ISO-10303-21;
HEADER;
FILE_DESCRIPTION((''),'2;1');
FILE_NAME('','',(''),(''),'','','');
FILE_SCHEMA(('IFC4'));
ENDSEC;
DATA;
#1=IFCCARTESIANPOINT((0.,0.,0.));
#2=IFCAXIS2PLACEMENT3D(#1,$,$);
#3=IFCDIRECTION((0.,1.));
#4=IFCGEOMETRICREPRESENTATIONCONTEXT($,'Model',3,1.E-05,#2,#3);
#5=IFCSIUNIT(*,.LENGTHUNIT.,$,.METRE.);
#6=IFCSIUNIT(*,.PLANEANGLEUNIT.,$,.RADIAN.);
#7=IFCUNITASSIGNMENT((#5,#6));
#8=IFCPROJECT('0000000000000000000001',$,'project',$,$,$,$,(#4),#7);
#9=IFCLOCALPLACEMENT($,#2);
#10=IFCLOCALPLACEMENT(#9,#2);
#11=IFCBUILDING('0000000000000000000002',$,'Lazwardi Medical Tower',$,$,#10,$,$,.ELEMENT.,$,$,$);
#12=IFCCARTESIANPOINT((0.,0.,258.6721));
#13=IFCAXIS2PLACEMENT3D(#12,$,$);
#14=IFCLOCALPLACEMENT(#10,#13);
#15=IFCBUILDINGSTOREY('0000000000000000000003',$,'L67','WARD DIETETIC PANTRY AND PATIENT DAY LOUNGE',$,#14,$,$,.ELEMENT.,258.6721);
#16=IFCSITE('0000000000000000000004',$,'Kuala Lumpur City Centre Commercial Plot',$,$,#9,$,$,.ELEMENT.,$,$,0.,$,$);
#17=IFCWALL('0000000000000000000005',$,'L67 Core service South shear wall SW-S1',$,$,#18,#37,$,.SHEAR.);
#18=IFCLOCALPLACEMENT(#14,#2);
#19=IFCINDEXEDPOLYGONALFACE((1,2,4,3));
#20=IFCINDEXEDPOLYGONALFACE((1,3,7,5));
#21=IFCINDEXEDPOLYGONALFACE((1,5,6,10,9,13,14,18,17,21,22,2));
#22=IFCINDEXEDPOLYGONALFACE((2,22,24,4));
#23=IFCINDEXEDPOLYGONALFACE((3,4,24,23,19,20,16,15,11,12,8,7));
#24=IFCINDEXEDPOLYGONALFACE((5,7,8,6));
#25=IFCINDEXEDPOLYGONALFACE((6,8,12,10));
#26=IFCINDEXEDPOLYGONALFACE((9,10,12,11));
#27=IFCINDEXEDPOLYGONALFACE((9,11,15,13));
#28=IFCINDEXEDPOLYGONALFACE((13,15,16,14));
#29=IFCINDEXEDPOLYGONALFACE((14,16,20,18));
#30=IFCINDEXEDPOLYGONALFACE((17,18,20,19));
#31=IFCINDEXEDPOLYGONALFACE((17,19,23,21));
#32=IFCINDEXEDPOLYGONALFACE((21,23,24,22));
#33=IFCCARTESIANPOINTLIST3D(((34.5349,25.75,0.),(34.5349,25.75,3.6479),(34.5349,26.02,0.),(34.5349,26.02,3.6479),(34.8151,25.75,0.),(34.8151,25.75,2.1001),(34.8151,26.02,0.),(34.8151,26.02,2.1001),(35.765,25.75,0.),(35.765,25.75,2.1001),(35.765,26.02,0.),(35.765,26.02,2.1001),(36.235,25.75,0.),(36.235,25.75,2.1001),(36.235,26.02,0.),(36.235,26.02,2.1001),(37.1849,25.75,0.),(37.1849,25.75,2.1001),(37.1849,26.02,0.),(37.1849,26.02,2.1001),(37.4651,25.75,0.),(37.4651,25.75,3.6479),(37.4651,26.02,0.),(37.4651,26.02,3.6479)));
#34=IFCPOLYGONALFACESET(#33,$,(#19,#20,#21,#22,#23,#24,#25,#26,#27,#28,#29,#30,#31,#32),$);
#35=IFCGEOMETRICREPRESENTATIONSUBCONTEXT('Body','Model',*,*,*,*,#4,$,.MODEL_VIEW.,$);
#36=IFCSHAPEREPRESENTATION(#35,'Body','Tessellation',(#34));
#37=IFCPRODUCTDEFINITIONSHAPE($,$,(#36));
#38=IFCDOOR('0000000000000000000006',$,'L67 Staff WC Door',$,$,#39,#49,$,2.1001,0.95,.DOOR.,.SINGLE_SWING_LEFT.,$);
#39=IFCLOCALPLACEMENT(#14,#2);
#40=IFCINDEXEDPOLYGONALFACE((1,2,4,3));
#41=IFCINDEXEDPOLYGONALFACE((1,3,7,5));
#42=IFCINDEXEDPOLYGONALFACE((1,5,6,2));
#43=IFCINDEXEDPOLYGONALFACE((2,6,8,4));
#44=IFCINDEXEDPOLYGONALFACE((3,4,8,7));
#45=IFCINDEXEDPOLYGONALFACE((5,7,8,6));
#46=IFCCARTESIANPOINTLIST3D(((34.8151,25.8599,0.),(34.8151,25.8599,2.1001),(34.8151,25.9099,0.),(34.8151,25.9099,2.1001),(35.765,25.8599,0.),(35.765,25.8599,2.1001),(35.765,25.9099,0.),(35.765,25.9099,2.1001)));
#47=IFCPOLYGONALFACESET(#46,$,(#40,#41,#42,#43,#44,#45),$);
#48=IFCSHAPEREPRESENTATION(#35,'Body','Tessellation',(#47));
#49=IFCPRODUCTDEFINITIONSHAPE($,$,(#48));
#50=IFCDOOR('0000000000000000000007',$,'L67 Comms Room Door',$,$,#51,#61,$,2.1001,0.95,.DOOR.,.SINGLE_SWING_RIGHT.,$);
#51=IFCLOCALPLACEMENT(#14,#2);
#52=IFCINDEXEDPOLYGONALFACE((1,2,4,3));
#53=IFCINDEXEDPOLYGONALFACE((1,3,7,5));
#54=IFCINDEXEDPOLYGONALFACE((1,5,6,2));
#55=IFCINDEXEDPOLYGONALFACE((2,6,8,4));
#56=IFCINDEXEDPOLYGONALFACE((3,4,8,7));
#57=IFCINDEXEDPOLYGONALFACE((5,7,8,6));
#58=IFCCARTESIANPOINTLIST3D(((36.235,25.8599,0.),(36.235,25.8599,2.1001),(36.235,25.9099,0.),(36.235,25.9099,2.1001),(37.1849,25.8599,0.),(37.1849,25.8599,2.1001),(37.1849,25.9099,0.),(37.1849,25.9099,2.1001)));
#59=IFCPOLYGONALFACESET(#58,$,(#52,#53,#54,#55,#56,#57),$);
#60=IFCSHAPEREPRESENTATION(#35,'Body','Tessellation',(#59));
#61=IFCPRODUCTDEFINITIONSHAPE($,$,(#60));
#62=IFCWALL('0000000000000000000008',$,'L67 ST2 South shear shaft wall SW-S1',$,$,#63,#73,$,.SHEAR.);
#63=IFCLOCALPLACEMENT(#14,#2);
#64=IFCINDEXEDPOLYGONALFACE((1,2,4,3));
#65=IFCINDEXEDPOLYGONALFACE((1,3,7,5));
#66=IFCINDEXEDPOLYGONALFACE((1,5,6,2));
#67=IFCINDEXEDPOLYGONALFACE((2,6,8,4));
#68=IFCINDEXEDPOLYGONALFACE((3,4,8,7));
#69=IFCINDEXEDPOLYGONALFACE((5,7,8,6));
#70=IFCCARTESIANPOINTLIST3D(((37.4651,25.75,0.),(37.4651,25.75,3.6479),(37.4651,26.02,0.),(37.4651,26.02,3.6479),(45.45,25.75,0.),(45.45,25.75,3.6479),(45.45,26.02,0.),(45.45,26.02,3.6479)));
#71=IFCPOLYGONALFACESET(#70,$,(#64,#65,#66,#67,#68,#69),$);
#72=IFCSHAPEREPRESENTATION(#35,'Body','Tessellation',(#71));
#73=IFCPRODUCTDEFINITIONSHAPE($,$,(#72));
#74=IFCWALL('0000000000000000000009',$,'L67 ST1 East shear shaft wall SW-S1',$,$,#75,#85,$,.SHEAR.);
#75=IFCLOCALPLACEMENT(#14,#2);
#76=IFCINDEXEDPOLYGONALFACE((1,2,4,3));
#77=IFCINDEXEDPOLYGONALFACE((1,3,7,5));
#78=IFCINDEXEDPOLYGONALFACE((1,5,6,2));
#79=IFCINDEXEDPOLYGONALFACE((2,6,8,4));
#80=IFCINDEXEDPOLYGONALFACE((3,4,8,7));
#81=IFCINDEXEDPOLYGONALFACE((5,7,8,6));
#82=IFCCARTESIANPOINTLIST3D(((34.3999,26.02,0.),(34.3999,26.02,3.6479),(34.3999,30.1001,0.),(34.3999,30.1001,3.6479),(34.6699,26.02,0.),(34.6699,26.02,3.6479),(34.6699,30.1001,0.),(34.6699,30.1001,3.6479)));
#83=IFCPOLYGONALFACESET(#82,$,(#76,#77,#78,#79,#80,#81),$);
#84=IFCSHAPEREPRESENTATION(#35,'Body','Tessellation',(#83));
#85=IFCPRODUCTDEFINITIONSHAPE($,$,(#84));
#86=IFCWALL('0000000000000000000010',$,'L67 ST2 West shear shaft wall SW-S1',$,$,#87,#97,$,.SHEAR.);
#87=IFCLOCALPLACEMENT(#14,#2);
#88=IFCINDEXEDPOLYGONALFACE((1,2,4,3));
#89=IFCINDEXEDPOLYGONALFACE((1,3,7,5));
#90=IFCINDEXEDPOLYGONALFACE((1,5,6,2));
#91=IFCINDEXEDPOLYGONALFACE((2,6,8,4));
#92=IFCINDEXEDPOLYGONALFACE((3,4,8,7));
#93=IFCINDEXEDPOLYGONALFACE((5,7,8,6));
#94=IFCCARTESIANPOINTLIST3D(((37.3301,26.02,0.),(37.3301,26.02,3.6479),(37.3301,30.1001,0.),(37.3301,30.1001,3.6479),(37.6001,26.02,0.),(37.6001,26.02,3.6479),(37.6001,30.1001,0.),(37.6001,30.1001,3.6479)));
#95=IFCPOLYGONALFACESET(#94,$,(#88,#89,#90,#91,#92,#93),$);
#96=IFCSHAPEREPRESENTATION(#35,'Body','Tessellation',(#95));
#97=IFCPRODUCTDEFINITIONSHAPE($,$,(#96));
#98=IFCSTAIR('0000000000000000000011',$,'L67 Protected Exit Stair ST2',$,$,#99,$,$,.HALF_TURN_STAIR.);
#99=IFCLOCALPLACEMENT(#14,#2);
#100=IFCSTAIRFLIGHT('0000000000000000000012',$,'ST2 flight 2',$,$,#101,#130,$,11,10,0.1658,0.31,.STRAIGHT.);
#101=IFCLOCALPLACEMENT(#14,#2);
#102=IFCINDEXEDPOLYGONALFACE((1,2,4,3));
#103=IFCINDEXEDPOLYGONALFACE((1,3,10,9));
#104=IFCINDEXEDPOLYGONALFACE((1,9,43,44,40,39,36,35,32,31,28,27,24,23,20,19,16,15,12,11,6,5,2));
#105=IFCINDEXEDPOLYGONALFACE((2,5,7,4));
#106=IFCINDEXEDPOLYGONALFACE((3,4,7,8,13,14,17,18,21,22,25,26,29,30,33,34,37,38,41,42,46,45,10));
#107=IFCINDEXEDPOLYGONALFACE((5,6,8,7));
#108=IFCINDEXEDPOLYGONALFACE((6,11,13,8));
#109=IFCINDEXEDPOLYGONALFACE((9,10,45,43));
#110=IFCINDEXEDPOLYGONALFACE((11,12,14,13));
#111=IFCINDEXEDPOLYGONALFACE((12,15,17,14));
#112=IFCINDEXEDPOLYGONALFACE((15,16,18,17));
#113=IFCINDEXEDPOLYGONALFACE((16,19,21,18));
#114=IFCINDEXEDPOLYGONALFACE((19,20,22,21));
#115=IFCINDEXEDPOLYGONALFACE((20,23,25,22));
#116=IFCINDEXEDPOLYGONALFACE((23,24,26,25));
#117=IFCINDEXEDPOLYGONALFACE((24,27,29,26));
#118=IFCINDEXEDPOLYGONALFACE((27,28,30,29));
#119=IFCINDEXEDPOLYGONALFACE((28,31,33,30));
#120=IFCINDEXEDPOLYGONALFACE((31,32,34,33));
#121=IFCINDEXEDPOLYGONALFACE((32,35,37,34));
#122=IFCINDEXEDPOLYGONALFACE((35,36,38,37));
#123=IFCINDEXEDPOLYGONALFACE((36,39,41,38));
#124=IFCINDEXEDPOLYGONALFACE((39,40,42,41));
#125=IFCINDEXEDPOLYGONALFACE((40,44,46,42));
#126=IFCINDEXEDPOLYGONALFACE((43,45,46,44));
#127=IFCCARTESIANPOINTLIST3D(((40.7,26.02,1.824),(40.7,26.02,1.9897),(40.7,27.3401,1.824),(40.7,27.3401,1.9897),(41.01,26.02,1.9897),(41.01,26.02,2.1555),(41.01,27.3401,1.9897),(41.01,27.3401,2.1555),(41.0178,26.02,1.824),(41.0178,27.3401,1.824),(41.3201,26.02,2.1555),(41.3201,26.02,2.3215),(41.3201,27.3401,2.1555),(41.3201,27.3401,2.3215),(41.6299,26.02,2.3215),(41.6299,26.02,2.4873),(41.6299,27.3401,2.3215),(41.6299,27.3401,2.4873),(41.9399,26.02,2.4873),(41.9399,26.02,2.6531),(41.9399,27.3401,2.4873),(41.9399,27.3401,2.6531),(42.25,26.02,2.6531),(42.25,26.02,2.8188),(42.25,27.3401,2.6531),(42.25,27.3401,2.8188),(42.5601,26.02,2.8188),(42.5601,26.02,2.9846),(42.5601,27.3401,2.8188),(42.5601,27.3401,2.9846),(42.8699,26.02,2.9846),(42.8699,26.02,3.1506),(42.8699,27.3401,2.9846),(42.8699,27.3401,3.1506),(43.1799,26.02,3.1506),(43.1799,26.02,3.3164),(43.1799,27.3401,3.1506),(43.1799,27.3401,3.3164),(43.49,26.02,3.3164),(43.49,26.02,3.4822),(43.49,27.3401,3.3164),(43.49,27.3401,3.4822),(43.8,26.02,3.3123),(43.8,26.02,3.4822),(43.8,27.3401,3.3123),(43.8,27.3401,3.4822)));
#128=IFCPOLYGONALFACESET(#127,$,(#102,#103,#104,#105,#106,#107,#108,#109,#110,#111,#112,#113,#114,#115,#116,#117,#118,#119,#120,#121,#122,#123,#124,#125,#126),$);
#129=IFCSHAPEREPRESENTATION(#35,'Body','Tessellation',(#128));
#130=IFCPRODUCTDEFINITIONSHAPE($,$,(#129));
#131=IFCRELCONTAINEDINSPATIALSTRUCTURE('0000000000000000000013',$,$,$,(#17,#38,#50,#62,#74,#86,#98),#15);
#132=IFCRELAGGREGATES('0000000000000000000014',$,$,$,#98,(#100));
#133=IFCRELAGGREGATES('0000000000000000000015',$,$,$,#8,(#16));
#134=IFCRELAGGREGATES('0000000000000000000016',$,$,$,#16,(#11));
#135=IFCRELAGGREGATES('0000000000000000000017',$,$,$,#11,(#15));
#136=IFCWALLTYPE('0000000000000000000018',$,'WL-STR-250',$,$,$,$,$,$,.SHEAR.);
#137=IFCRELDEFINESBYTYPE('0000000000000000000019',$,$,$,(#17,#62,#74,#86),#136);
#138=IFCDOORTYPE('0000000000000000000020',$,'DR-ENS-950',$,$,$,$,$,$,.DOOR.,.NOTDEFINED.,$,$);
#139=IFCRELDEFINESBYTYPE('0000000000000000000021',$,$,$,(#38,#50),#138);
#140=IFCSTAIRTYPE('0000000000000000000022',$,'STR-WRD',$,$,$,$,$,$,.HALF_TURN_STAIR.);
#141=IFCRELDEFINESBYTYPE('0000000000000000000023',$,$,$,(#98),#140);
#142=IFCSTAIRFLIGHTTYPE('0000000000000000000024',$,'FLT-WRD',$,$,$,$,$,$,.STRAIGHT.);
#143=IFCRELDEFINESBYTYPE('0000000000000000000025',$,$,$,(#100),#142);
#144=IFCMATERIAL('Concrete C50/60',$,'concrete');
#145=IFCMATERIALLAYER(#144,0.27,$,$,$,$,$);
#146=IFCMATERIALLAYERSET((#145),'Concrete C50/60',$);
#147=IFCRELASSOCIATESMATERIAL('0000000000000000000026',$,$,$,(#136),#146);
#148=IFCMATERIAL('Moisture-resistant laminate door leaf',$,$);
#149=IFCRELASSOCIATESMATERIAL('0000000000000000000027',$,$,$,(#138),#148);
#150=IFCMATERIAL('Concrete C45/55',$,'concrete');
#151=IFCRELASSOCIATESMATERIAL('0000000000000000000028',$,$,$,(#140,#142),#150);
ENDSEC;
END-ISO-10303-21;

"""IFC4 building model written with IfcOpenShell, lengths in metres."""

from ifc_helpers import new_model, si_unit, direction, frame, frame_2d, origin, place, context, subcontext, project, spatial, polyline, rectangle, outline, extrude, material, layer, layer_set, type_object, element, fill, aggregate, save


model = new_model("IFC4")

# Units and contexts
model_context = context("Model", 3, precision=1e-05, world=origin(), true_north=direction((0.0, 1.0)))
body_context = subcontext(model_context, "Body", "Model", "MODEL_VIEW")
ifc_project = project(units=[si_unit("LENGTHUNIT", "METRE"), si_unit("PLANEANGLEUNIT", "RADIAN")], contexts=[model_context])

# Site, building, storey
site_placement = place(None, origin())
site = spatial("IfcSite", under=ifc_project, at=site_placement, Name="Kuala Lumpur City Centre Commercial Plot", CompositionType="ELEMENT", RefElevation=0.0)
building_placement = place(site_placement, origin())
building = spatial("IfcBuilding", under=site, at=building_placement, Name="Lazwardi Medical Tower", CompositionType="ELEMENT")
storey_placement = place(building_placement, frame((0.0, 0.0, 258.6721)))
storey = spatial("IfcBuildingStorey", under=building, at=storey_placement, Name="L67", Description="WARD DIETETIC PANTRY AND PATIENT DAY LOUNGE", CompositionType="ELEMENT", Elevation=258.6721)

# Wall, openings, doors
ifc_material_1 = material(Name="Concrete C50/60", Category="concrete")
ifc_layer_1 = layer(ifc_material_1, 0.27)
ifc_layer_set_1 = layer_set([ifc_layer_1], Name="Concrete C50/60")
wall_type_1 = type_object("IfcWallType", Name="WL-STR-250", PredefinedType="SHEAR", material=ifc_layer_set_1)
wall_1_placement = place(storey_placement, frame((34.5349, 25.885, 0.0), z_axis=(0.0, 0.0, 1.0), x_axis=(1.0, 0.0, 0.0)))
wall_1 = element("IfcWall", 1, at=wall_1_placement, inside=storey, type_object=wall_type_1, Name="L67 Core service South shear wall SW-S1", PredefinedType="SHEAR", context=body_context, shape_type="SweptSolid", body=[
    extrude(rectangle(XDim=2.9302, YDim=0.27, at=frame_2d((1.4651, 0.0))), origin(), (0.0, 0.0, 1.0), 3.6479),
])
opening_1_placement = place(wall_1_placement, frame((0.28, 0.0, 0.0)))
opening_1 = element("IfcOpeningElement", 2, at=opening_1_placement, cuts=wall_1, PredefinedType="OPENING", context=body_context, shape_type="SweptSolid", body=[
    extrude(rectangle(XDim=0.95, YDim=2.1001, at=frame_2d((0.4751, 1.05))), frame((0.0, 0.145, 0.0), z_axis=(0.0, -1.0, 0.0), x_axis=(1.0, 0.0, 0.0)), (0.0, 0.0, 1.0), 0.29),
])
opening_2_placement = place(wall_1_placement, frame((1.7, 0.0, 0.0)))
opening_2 = element("IfcOpeningElement", 3, at=opening_2_placement, cuts=wall_1, PredefinedType="OPENING", context=body_context, shape_type="SweptSolid", body=[
    extrude(rectangle(XDim=0.95, YDim=2.1001, at=frame_2d((0.4751, 1.05))), frame((0.0, 0.145, 0.0), z_axis=(0.0, -1.0, 0.0), x_axis=(1.0, 0.0, 0.0)), (0.0, 0.0, 1.0), 0.29),
])
ifc_material_2 = material(Name="Moisture-resistant laminate door leaf")
door_type_1 = type_object("IfcDoorType", Name="DR-ENS-950", OperationType="NOTDEFINED", PredefinedType="DOOR", material=ifc_material_2)
door_1_placement = place(opening_1_placement, origin())
door_1 = element("IfcDoor", 4, at=door_1_placement, inside=storey, type_object=door_type_1, Name="L67 Staff WC Door", OperationType="SINGLE_SWING_LEFT", OverallHeight=2.1001, OverallWidth=0.95, PredefinedType="DOOR", context=body_context, shape_type="SweptSolid", body=[
    extrude(rectangle(XDim=0.95, YDim=2.1001, at=frame_2d((0.4751, 1.05))), frame((0.0, 0.0249, 0.0), z_axis=(0.0, -1.0, 0.0), x_axis=(1.0, 0.0, 0.0)), (0.0, 0.0, 1.0), 0.05),
])
fill(opening_1, door_1)
door_2_placement = place(opening_2_placement, origin())
door_2 = element("IfcDoor", 5, at=door_2_placement, inside=storey, type_object=door_type_1, Name="L67 Comms Room Door", OperationType="SINGLE_SWING_RIGHT", OverallHeight=2.1001, OverallWidth=0.95, PredefinedType="DOOR", context=body_context, shape_type="SweptSolid", body=[
    extrude(rectangle(XDim=0.95, YDim=2.1001, at=frame_2d((0.4751, 1.05))), frame((0.0, 0.0249, 0.0), z_axis=(0.0, -1.0, 0.0), x_axis=(1.0, 0.0, 0.0)), (0.0, 0.0, 1.0), 0.05),
])
fill(opening_2, door_2)

# Walls
wall_2_placement = place(storey_placement, frame((37.4651, 25.885, 0.0), z_axis=(0.0, 0.0, 1.0), x_axis=(1.0, 0.0, 0.0)))
element("IfcWall", 6, at=wall_2_placement, inside=storey, type_object=wall_type_1, Name="L67 ST2 South shear shaft wall SW-S1", PredefinedType="SHEAR", context=body_context, shape_type="SweptSolid", body=[
    extrude(rectangle(XDim=7.9849, YDim=0.27, at=frame_2d((3.9924, 0.0))), origin(), (0.0, 0.0, 1.0), 3.6479),
])
for number, where, z_axis, x_axis, name in (
    (7, (34.5349, 26.02, 0.0), (0.0, 0.0, 1.0), (0.0, 1.0, 0.0), "L67 ST1 East shear shaft wall SW-S1"),
    (8, (37.4651, 26.02, 0.0), (0.0, 0.0, 1.0), (0.0, 1.0, 0.0), "L67 ST2 West shear shaft wall SW-S1"),
):
    element("IfcWall", number, at=place(storey_placement, frame(where, z_axis=z_axis, x_axis=x_axis)), inside=storey, type_object=wall_type_1, Name=name, PredefinedType="SHEAR", context=body_context, shape_type="SweptSolid", body=[
        extrude(rectangle(XDim=4.0801, YDim=0.27, at=frame_2d((2.04, 0.0))), origin(), (0.0, 0.0, 1.0), 3.6479),
    ])

# Stair, stair flight
ifc_material_3 = material(Name="Concrete C45/55", Category="concrete")
stair_type = type_object("IfcStairType", Name="STR-WRD", PredefinedType="HALF_TURN_STAIR", material=ifc_material_3)
stair_placement = place(storey_placement, origin())
stair = element("IfcStair", 9, at=stair_placement, inside=storey, type_object=stair_type, Name="L67 Protected Exit Stair ST2", PredefinedType="HALF_TURN_STAIR")
stair_flight_type = type_object("IfcStairFlightType", Name="FLT-WRD", PredefinedType="STRAIGHT", material=ifc_material_3)
stair_flight_placement = place(storey_placement, frame((40.7, 26.6799, 1.824), z_axis=(0.0, 0.0, 1.0), x_axis=(1.0, 0.0, 0.0)))
stair_flight = element("IfcStairFlight", 10, at=stair_flight_placement, type_object=stair_flight_type, Name="ST2 flight 2", NumberOfRisers=11, NumberOfTreads=10, PredefinedType="STRAIGHT", RiserHeight=0.1658, TreadLength=0.31, context=body_context, shape_type="SweptSolid", body=[
    extrude(outline(polyline([(0.0, 0.0), (0.0, 0.1658), (0.3101, 0.1658), (0.3101, 0.3315), (0.6201, 0.3315), (0.6201, 0.4976), (0.9299, 0.4976), (0.9299, 0.6633), (1.24, 0.6633), (1.24, 0.8291), (1.55, 0.8291), (1.55, 0.9949), (1.8601, 0.9949), (1.8601, 1.1606), (2.1699, 1.1606), (2.1699, 1.3267), (2.48, 1.3267), (2.48, 1.4924), (2.79, 1.4924), (2.79, 1.6582), (3.1001, 1.6582), (3.1001, 1.824), (3.1001, 1.4883), (0.3179, 0.0), (0.0, 0.0)])), frame((0.0, 0.6602, 0.0), z_axis=(0.0, -1.0, 0.0), x_axis=(1.0, 0.0, 0.0)), (0.0, 0.0, 1.0), 1.3201),
])
aggregate(stair, [stair_flight])

save(model, "model.ifc")
